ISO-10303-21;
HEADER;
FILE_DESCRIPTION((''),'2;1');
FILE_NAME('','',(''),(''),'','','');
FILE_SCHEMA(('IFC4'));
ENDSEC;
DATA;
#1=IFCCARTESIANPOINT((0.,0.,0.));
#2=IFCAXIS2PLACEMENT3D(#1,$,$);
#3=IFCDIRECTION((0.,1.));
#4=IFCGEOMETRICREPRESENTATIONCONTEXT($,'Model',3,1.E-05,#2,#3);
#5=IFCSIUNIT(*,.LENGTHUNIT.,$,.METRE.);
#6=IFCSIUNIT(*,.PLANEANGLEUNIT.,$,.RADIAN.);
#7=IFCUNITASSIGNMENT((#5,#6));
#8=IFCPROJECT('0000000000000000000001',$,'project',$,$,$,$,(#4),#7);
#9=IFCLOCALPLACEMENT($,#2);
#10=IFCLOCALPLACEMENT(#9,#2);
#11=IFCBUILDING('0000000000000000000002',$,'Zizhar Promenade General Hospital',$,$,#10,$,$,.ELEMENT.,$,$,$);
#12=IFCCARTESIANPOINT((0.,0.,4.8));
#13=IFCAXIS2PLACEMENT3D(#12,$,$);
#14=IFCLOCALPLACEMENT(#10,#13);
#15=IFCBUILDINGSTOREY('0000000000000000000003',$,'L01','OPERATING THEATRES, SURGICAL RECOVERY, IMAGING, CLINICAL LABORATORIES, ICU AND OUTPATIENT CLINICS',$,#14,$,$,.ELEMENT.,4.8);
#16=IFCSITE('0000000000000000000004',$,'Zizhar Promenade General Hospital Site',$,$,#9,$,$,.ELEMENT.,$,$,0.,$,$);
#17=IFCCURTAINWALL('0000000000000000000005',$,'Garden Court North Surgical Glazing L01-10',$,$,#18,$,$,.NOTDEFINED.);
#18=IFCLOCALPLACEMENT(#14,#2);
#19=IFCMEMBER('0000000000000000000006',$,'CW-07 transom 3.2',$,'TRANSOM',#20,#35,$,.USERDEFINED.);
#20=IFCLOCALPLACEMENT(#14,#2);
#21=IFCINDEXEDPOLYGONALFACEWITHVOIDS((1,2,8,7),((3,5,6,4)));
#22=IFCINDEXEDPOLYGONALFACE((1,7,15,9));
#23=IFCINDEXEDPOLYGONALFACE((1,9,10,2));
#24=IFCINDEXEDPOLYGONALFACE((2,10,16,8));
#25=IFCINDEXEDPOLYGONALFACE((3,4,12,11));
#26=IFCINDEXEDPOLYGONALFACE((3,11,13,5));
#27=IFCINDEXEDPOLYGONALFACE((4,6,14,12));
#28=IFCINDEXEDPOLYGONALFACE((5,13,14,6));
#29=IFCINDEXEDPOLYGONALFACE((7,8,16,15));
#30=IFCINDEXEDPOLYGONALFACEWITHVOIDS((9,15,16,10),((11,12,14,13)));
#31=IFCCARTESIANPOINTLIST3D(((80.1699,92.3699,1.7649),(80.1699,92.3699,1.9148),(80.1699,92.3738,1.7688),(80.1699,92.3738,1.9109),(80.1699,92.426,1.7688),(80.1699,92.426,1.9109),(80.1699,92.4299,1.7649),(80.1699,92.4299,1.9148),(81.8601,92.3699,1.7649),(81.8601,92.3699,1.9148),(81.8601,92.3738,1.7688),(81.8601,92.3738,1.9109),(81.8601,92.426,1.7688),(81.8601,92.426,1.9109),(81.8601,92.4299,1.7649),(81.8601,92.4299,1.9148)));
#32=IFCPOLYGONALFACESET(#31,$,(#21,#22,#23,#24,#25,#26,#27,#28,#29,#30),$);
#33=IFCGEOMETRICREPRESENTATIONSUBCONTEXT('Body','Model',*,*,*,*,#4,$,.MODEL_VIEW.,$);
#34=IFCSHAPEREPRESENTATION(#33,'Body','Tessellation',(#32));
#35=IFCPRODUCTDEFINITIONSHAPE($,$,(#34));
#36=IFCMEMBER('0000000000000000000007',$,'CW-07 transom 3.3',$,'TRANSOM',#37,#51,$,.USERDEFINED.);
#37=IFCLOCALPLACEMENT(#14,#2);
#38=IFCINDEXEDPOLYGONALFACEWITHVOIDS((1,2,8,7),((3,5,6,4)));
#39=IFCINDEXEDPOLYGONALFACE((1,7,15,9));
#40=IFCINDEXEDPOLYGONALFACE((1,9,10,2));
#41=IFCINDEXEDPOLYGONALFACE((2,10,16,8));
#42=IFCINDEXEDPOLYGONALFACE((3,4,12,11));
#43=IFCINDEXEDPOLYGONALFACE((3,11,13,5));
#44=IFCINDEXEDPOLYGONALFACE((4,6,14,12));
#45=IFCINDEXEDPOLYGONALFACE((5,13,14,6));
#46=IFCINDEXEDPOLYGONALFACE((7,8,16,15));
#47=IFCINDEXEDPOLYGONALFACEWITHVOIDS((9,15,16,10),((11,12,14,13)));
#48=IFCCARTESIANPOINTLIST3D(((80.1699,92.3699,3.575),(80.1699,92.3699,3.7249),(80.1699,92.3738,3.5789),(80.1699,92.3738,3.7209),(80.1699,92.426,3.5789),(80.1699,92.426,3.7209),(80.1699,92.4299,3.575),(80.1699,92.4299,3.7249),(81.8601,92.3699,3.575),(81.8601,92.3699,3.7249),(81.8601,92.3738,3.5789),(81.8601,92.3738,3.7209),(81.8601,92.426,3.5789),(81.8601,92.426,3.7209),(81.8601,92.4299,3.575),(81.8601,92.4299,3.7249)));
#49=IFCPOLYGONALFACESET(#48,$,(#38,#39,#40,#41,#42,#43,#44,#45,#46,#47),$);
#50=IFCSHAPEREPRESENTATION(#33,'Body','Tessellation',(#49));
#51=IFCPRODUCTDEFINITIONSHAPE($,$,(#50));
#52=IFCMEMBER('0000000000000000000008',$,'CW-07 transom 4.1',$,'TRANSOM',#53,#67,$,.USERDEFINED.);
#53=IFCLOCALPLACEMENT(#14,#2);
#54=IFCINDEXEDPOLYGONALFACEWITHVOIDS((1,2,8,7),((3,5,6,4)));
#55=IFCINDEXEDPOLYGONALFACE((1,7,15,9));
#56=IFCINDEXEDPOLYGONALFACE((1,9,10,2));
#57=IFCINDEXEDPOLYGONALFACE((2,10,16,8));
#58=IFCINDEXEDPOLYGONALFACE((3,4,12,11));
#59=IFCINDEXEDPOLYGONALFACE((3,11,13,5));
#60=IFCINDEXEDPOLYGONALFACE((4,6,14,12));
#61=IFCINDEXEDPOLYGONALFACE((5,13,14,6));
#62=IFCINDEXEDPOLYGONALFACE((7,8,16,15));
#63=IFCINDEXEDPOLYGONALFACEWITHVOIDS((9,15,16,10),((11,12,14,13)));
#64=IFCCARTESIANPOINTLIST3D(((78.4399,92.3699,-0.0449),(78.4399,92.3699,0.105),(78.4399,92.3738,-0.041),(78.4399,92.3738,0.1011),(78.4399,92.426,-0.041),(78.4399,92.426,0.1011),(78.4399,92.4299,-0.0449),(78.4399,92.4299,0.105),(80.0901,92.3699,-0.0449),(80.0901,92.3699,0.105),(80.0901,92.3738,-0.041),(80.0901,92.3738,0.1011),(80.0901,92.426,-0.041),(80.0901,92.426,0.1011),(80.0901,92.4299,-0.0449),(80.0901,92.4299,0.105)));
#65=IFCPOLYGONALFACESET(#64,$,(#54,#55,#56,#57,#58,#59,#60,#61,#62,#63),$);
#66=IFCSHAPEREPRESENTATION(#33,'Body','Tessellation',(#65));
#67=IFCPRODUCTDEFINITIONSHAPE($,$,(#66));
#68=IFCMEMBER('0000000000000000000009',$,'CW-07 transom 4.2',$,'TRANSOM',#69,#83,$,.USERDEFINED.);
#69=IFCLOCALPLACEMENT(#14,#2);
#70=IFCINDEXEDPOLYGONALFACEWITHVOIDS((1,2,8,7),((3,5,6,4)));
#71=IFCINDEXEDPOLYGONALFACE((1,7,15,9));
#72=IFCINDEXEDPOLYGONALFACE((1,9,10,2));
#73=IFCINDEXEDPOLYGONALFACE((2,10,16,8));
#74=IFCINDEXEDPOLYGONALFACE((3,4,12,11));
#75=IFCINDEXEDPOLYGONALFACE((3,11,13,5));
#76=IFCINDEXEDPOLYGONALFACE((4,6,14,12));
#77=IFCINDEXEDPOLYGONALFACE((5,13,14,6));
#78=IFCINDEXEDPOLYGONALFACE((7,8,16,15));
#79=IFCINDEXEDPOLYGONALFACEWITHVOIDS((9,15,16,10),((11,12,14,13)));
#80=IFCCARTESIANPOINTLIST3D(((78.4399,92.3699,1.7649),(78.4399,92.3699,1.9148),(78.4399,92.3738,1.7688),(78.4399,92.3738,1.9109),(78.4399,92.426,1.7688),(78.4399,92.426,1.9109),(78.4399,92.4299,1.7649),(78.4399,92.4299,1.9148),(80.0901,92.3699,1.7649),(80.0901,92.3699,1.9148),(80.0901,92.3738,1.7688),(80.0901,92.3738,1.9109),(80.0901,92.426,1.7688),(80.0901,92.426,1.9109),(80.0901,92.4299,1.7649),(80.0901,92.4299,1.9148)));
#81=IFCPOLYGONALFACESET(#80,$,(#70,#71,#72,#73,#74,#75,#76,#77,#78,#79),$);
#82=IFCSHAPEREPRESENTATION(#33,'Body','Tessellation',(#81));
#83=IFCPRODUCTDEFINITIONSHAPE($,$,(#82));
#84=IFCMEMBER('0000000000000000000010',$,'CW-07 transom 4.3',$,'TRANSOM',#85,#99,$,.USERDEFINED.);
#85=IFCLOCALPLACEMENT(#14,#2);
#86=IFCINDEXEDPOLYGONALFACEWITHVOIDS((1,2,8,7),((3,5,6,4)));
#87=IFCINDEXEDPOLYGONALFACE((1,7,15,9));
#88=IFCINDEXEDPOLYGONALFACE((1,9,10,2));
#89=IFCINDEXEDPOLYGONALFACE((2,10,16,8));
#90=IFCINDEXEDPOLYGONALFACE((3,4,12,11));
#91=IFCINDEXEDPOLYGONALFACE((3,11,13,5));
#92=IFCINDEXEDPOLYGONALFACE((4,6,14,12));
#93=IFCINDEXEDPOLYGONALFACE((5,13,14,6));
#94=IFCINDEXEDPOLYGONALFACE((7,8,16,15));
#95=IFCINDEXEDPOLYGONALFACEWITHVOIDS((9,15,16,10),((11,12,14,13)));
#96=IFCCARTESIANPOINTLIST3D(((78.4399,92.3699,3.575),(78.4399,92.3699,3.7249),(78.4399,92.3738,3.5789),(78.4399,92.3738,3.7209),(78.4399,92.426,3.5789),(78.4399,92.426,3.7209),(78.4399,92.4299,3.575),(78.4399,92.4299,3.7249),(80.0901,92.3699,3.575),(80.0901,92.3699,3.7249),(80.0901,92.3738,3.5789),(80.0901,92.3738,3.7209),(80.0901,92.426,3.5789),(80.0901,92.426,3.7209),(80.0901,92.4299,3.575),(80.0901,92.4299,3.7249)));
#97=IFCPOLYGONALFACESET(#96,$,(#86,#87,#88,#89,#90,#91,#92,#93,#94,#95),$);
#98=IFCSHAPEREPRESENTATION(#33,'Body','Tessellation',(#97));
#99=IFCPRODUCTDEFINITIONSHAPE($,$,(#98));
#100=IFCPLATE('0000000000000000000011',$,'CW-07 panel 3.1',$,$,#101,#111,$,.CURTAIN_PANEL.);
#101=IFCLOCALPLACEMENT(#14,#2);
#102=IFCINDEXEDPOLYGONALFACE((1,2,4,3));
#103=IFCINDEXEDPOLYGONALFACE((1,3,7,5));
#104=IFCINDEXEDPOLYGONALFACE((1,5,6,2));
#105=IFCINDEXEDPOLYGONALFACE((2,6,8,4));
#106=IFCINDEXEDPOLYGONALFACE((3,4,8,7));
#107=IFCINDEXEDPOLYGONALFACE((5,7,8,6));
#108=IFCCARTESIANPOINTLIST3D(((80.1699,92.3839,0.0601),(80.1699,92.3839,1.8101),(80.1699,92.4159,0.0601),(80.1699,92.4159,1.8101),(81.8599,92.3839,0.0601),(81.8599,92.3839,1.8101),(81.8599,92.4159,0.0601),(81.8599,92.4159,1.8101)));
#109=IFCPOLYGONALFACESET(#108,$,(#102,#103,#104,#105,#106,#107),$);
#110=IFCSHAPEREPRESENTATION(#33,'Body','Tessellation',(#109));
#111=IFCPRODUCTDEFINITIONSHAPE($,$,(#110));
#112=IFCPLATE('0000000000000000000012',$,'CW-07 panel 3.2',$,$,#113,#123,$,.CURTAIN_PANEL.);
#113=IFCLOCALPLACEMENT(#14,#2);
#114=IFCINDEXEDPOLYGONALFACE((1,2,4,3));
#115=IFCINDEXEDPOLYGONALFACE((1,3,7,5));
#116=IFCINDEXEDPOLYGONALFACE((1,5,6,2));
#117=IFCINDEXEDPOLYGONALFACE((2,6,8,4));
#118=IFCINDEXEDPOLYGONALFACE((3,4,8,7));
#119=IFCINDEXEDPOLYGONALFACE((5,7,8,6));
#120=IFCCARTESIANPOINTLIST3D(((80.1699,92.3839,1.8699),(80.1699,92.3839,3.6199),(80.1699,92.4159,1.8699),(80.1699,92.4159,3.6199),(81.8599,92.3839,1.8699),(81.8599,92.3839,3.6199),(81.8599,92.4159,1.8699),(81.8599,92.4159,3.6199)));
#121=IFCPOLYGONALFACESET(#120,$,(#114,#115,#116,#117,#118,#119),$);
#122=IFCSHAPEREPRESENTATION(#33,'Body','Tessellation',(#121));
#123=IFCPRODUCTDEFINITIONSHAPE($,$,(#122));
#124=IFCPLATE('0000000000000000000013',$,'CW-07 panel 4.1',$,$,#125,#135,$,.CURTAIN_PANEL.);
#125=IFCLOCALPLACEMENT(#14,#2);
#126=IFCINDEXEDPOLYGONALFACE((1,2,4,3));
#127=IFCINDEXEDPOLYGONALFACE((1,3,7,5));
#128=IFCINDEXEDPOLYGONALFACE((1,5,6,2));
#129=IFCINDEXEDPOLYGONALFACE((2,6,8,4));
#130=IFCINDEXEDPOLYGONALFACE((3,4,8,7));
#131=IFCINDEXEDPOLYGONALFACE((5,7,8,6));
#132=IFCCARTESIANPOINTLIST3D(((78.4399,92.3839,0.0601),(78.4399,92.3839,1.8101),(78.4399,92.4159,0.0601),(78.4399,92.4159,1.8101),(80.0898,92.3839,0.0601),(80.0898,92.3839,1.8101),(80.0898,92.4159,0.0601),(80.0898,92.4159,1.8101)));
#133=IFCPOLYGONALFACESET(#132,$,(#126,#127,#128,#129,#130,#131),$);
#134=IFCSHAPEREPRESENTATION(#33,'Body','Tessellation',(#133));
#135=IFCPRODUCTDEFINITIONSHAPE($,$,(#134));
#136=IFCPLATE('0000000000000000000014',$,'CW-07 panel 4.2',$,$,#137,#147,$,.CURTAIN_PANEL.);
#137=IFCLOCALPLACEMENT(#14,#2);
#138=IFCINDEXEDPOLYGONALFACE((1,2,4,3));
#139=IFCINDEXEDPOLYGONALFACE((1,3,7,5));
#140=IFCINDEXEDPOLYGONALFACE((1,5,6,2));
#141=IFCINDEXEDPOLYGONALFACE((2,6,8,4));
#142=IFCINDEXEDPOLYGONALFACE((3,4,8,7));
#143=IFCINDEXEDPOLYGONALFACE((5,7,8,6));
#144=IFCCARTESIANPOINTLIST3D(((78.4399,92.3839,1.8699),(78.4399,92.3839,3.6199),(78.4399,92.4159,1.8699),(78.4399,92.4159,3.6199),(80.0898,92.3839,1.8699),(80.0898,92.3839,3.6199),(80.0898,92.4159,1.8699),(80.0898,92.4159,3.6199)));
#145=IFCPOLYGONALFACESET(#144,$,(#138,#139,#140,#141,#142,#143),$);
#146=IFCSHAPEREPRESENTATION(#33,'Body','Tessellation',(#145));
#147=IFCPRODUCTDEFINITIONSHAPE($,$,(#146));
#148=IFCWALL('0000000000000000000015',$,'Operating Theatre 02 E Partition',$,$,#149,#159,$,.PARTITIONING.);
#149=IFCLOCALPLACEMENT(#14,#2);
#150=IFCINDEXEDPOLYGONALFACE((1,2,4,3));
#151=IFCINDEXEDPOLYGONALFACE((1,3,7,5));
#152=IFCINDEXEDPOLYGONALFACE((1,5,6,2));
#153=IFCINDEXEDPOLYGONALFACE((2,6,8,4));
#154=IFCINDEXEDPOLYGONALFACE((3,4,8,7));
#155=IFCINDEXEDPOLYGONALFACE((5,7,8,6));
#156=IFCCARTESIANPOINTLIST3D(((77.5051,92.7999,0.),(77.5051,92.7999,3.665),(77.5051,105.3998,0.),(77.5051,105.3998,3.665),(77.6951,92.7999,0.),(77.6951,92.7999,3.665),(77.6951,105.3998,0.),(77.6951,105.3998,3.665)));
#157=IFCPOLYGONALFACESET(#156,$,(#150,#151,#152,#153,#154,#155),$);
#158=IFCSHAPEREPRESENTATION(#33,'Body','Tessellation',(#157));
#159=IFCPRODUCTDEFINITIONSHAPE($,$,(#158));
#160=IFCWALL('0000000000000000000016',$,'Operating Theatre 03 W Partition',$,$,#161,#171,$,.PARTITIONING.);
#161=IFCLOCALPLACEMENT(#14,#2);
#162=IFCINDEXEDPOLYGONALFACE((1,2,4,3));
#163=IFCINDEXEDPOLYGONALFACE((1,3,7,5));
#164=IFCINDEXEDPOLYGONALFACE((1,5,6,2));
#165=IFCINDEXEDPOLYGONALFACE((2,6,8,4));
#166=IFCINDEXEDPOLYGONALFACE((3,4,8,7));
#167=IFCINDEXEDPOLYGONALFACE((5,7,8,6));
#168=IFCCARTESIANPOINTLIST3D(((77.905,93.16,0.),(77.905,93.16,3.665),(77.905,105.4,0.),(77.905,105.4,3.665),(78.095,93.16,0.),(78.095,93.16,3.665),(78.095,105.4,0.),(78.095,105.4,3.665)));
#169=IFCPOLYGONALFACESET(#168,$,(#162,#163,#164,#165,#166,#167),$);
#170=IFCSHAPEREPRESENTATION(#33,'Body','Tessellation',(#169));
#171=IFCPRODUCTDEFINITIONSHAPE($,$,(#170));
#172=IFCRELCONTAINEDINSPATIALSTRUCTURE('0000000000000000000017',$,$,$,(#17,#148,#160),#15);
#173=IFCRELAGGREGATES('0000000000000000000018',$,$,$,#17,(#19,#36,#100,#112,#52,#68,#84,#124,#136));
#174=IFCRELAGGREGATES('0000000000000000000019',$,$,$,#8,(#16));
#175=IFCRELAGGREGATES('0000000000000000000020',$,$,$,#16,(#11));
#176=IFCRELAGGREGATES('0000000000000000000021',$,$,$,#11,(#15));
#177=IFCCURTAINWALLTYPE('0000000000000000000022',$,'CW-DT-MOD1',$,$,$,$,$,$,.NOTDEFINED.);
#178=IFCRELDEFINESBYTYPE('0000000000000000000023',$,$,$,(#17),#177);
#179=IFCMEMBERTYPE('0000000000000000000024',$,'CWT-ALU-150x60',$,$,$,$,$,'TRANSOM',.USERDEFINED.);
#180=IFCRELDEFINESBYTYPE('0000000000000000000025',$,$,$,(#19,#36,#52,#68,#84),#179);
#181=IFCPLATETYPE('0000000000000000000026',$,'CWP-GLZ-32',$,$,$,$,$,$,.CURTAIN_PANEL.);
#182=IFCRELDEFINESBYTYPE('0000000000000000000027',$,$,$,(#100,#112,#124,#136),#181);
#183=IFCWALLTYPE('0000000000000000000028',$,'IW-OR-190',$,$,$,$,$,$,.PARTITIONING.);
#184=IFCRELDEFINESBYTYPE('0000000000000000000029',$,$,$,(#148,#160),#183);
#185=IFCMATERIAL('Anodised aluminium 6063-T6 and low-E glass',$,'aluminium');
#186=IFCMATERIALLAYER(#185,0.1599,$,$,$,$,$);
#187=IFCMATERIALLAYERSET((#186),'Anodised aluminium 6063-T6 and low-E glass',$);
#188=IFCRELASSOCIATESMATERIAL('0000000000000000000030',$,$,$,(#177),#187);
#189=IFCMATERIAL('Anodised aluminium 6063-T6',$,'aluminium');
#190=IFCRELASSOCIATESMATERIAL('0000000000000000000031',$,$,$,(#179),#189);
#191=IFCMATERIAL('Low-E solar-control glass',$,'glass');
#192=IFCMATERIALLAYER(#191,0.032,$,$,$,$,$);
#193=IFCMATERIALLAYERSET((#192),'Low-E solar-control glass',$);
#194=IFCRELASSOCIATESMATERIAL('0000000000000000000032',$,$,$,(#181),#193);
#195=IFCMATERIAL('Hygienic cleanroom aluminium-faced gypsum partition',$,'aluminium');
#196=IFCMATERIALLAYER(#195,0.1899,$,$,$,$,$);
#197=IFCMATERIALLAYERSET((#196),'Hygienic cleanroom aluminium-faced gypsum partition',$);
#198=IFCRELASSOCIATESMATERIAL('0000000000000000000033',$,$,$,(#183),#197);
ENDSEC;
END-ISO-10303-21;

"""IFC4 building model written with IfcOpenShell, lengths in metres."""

from ifc_helpers import new_model, si_unit, direction, frame, frame_2d, origin, origin_2d, place, context, subcontext, project, spatial, rectangle, hollow_rectangle, extrude, material, layer, layer_set, material_profile, profile_set, type_object, element, aggregate, save


model = new_model("IFC4")

# Units and contexts
model_context = context("Model", 3, precision=1e-05, world=origin(), true_north=direction((0.0, 1.0)))
body_context = subcontext(model_context, "Body", "Model", "MODEL_VIEW")
ifc_project = project(units=[si_unit("LENGTHUNIT", "METRE"), si_unit("PLANEANGLEUNIT", "RADIAN")], contexts=[model_context])

# Site, building, storey
site_placement = place(None, origin())
site = spatial("IfcSite", under=ifc_project, at=site_placement, Name="Zizhar Promenade General Hospital Site", CompositionType="ELEMENT", RefElevation=0.0)
building_placement = place(site_placement, origin())
building = spatial("IfcBuilding", under=site, at=building_placement, Name="Zizhar Promenade General Hospital", CompositionType="ELEMENT")
storey_placement = place(building_placement, frame((0.0, 0.0, 4.8)))
storey = spatial("IfcBuildingStorey", under=building, at=storey_placement, Name="L01", Description="OPERATING THEATRES, SURGICAL RECOVERY, IMAGING, CLINICAL LABORATORIES, ICU AND OUTPATIENT CLINICS", CompositionType="ELEMENT", Elevation=4.8)

# Shared definitions
ifc_material_1 = material(Name="Anodised aluminium 6063-T6 and low-E glass", Category="aluminium")
ifc_layer_1 = layer(ifc_material_1, 0.1599)
ifc_layer_set_1 = layer_set([ifc_layer_1], Name="Anodised aluminium 6063-T6 and low-E glass")
curtain_wall_type = type_object("IfcCurtainWallType", Name="CW-DT-MOD1", PredefinedType="NOTDEFINED", material=ifc_layer_set_1)

# Curtain wall
curtain_wall_1_placement = place(storey_placement, origin())
curtain_wall_1 = element("IfcCurtainWall", 1, at=curtain_wall_1_placement, inside=storey, type_object=curtain_wall_type, Name="Garden Court North Surgical Glazing L01-10", PredefinedType="NOTDEFINED")

# Members
ifc_material_2 = material(Name="Anodised aluminium 6063-T6", Category="aluminium")
ifc_material_profile_1 = material_profile(ifc_material_2, hollow_rectangle(XDim=0.0601, YDim=0.1499, WallThickness=0.0039, at=origin_2d()))
ifc_profile_set_1 = profile_set([ifc_material_profile_1], Name="Anodised aluminium 6063-T6")
member_type_1 = type_object("IfcMemberType", Name="CWT-ALU-150x60", ElementType="TRANSOM", PredefinedType="USERDEFINED", material=ifc_profile_set_1)
member_1_placement = place(storey_placement, frame((81.8601, 92.3999, 1.8398), z_axis=(-1.0, 0.0, 0.0), x_axis=(0.0, -1.0, 0.0)))
member_1 = element("IfcMember", 2, at=member_1_placement, type_object=member_type_1, Name="CW-07 transom 3.2", ObjectType="TRANSOM", PredefinedType="USERDEFINED", context=body_context, shape_type="SweptSolid", body=[
    extrude(hollow_rectangle(XDim=0.0601, YDim=0.1499, WallThickness=0.0039, at=origin_2d()), origin(), (0.0, 0.0, 1.0), 1.6902),
])
member_2_placement = place(storey_placement, frame((81.8601, 92.3999, 3.6499), z_axis=(-1.0, 0.0, 0.0), x_axis=(0.0, -1.0, 0.0)))
member_2 = element("IfcMember", 3, at=member_2_placement, type_object=member_type_1, Name="CW-07 transom 3.3", ObjectType="TRANSOM", PredefinedType="USERDEFINED", context=body_context, shape_type="SweptSolid", body=[
    extrude(hollow_rectangle(XDim=0.0601, YDim=0.1499, WallThickness=0.0039, at=origin_2d()), origin(), (0.0, 0.0, 1.0), 1.6902),
])
member_3_placement = place(storey_placement, frame((80.0901, 92.3999, 0.03), z_axis=(-1.0, 0.0, 0.0), x_axis=(0.0, -1.0, 0.0)))
member_3 = element("IfcMember", 4, at=member_3_placement, type_object=member_type_1, Name="CW-07 transom 4.1", ObjectType="TRANSOM", PredefinedType="USERDEFINED", context=body_context, shape_type="SweptSolid", body=[
    extrude(hollow_rectangle(XDim=0.0601, YDim=0.1499, WallThickness=0.0039, at=origin_2d()), origin(), (0.0, 0.0, 1.0), 1.6501),
])
member_4_placement = place(storey_placement, frame((80.0901, 92.3999, 1.8398), z_axis=(-1.0, 0.0, 0.0), x_axis=(0.0, -1.0, 0.0)))
member_4 = element("IfcMember", 5, at=member_4_placement, type_object=member_type_1, Name="CW-07 transom 4.2", ObjectType="TRANSOM", PredefinedType="USERDEFINED", context=body_context, shape_type="SweptSolid", body=[
    extrude(hollow_rectangle(XDim=0.0601, YDim=0.1499, WallThickness=0.0039, at=origin_2d()), origin(), (0.0, 0.0, 1.0), 1.6501),
])
member_5_placement = place(storey_placement, frame((80.0901, 92.3999, 3.6499), z_axis=(-1.0, 0.0, 0.0), x_axis=(0.0, -1.0, 0.0)))
member_5 = element("IfcMember", 6, at=member_5_placement, type_object=member_type_1, Name="CW-07 transom 4.3", ObjectType="TRANSOM", PredefinedType="USERDEFINED", context=body_context, shape_type="SweptSolid", body=[
    extrude(hollow_rectangle(XDim=0.0601, YDim=0.1499, WallThickness=0.0039, at=origin_2d()), origin(), (0.0, 0.0, 1.0), 1.6501),
])

# Plates
ifc_material_3 = material(Name="Low-E solar-control glass", Category="glass")
ifc_layer_2 = layer(ifc_material_3, 0.032)
ifc_layer_set_2 = layer_set([ifc_layer_2], Name="Low-E solar-control glass")
plate_type = type_object("IfcPlateType", Name="CWP-GLZ-32", PredefinedType="CURTAIN_PANEL", material=ifc_layer_set_2)
plate_1_placement = place(storey_placement, frame((81.0149, 92.3999, 0.0601), z_axis=(0.0, 0.0, 1.0), x_axis=(-1.0, 0.0, 0.0)))
plate_1 = element("IfcPlate", 7, at=plate_1_placement, type_object=plate_type, Name="CW-07 panel 3.1", PredefinedType="CURTAIN_PANEL", context=body_context, shape_type="SweptSolid", body=[
    extrude(rectangle(XDim=1.6899, YDim=0.032, at=origin_2d()), origin(), (0.0, 0.0, 1.0), 1.75),
])
plate_2_placement = place(storey_placement, frame((81.0149, 92.3999, 1.8699), z_axis=(0.0, 0.0, 1.0), x_axis=(-1.0, 0.0, 0.0)))
plate_2 = element("IfcPlate", 8, at=plate_2_placement, type_object=plate_type, Name="CW-07 panel 3.2", PredefinedType="CURTAIN_PANEL", context=body_context, shape_type="SweptSolid", body=[
    extrude(rectangle(XDim=1.6899, YDim=0.032, at=origin_2d()), origin(), (0.0, 0.0, 1.0), 1.75),
])
plate_3_placement = place(storey_placement, frame((79.2649, 92.3999, 0.0601), z_axis=(0.0, 0.0, 1.0), x_axis=(-1.0, 0.0, 0.0)))
plate_3 = element("IfcPlate", 9, at=plate_3_placement, type_object=plate_type, Name="CW-07 panel 4.1", PredefinedType="CURTAIN_PANEL", context=body_context, shape_type="SweptSolid", body=[
    extrude(rectangle(XDim=1.6499, YDim=0.032, at=origin_2d()), origin(), (0.0, 0.0, 1.0), 1.75),
])
plate_4_placement = place(storey_placement, frame((79.2649, 92.3999, 1.8699), z_axis=(0.0, 0.0, 1.0), x_axis=(-1.0, 0.0, 0.0)))
plate_4 = element("IfcPlate", 10, at=plate_4_placement, type_object=plate_type, Name="CW-07 panel 4.2", PredefinedType="CURTAIN_PANEL", context=body_context, shape_type="SweptSolid", body=[
    extrude(rectangle(XDim=1.6499, YDim=0.032, at=origin_2d()), origin(), (0.0, 0.0, 1.0), 1.75),
])
aggregate(curtain_wall_1, [member_1, member_2, plate_1, plate_2, member_3, member_4, member_5, plate_3, plate_4])

# Walls
ifc_material_4 = material(Name="Hygienic cleanroom aluminium-faced gypsum partition", Category="aluminium")
ifc_layer_3 = layer(ifc_material_4, 0.1899)
ifc_layer_set_3 = layer_set([ifc_layer_3], Name="Hygienic cleanroom aluminium-faced gypsum partition")
wall_type = type_object("IfcWallType", Name="IW-OR-190", PredefinedType="PARTITIONING", material=ifc_layer_set_3)
wall_1_placement = place(storey_placement, frame((77.6001, 92.8, 0.0), z_axis=(0.0, 0.0, 1.0), x_axis=(0.0, 1.0, 0.0)))
element("IfcWall", 11, at=wall_1_placement, inside=storey, type_object=wall_type, Name="Operating Theatre 02 E Partition", PredefinedType="PARTITIONING", context=body_context, shape_type="SweptSolid", body=[
    extrude(rectangle(XDim=12.5999, YDim=0.1899, at=frame_2d((6.2998, 0.0))), origin(), (0.0, 0.0, 1.0), 3.665),
])
wall_2_placement = place(storey_placement, frame((78.0, 93.1599, 0.0), z_axis=(0.0, 0.0, 1.0), x_axis=(0.0, 1.0, 0.0)))
element("IfcWall", 12, at=wall_2_placement, inside=storey, type_object=wall_type, Name="Operating Theatre 03 W Partition", PredefinedType="PARTITIONING", context=body_context, shape_type="SweptSolid", body=[
    extrude(rectangle(XDim=12.24, YDim=0.1899, at=frame_2d((6.1201, 0.0))), origin(), (0.0, 0.0, 1.0), 3.665),
])

save(model, "model.ifc")
